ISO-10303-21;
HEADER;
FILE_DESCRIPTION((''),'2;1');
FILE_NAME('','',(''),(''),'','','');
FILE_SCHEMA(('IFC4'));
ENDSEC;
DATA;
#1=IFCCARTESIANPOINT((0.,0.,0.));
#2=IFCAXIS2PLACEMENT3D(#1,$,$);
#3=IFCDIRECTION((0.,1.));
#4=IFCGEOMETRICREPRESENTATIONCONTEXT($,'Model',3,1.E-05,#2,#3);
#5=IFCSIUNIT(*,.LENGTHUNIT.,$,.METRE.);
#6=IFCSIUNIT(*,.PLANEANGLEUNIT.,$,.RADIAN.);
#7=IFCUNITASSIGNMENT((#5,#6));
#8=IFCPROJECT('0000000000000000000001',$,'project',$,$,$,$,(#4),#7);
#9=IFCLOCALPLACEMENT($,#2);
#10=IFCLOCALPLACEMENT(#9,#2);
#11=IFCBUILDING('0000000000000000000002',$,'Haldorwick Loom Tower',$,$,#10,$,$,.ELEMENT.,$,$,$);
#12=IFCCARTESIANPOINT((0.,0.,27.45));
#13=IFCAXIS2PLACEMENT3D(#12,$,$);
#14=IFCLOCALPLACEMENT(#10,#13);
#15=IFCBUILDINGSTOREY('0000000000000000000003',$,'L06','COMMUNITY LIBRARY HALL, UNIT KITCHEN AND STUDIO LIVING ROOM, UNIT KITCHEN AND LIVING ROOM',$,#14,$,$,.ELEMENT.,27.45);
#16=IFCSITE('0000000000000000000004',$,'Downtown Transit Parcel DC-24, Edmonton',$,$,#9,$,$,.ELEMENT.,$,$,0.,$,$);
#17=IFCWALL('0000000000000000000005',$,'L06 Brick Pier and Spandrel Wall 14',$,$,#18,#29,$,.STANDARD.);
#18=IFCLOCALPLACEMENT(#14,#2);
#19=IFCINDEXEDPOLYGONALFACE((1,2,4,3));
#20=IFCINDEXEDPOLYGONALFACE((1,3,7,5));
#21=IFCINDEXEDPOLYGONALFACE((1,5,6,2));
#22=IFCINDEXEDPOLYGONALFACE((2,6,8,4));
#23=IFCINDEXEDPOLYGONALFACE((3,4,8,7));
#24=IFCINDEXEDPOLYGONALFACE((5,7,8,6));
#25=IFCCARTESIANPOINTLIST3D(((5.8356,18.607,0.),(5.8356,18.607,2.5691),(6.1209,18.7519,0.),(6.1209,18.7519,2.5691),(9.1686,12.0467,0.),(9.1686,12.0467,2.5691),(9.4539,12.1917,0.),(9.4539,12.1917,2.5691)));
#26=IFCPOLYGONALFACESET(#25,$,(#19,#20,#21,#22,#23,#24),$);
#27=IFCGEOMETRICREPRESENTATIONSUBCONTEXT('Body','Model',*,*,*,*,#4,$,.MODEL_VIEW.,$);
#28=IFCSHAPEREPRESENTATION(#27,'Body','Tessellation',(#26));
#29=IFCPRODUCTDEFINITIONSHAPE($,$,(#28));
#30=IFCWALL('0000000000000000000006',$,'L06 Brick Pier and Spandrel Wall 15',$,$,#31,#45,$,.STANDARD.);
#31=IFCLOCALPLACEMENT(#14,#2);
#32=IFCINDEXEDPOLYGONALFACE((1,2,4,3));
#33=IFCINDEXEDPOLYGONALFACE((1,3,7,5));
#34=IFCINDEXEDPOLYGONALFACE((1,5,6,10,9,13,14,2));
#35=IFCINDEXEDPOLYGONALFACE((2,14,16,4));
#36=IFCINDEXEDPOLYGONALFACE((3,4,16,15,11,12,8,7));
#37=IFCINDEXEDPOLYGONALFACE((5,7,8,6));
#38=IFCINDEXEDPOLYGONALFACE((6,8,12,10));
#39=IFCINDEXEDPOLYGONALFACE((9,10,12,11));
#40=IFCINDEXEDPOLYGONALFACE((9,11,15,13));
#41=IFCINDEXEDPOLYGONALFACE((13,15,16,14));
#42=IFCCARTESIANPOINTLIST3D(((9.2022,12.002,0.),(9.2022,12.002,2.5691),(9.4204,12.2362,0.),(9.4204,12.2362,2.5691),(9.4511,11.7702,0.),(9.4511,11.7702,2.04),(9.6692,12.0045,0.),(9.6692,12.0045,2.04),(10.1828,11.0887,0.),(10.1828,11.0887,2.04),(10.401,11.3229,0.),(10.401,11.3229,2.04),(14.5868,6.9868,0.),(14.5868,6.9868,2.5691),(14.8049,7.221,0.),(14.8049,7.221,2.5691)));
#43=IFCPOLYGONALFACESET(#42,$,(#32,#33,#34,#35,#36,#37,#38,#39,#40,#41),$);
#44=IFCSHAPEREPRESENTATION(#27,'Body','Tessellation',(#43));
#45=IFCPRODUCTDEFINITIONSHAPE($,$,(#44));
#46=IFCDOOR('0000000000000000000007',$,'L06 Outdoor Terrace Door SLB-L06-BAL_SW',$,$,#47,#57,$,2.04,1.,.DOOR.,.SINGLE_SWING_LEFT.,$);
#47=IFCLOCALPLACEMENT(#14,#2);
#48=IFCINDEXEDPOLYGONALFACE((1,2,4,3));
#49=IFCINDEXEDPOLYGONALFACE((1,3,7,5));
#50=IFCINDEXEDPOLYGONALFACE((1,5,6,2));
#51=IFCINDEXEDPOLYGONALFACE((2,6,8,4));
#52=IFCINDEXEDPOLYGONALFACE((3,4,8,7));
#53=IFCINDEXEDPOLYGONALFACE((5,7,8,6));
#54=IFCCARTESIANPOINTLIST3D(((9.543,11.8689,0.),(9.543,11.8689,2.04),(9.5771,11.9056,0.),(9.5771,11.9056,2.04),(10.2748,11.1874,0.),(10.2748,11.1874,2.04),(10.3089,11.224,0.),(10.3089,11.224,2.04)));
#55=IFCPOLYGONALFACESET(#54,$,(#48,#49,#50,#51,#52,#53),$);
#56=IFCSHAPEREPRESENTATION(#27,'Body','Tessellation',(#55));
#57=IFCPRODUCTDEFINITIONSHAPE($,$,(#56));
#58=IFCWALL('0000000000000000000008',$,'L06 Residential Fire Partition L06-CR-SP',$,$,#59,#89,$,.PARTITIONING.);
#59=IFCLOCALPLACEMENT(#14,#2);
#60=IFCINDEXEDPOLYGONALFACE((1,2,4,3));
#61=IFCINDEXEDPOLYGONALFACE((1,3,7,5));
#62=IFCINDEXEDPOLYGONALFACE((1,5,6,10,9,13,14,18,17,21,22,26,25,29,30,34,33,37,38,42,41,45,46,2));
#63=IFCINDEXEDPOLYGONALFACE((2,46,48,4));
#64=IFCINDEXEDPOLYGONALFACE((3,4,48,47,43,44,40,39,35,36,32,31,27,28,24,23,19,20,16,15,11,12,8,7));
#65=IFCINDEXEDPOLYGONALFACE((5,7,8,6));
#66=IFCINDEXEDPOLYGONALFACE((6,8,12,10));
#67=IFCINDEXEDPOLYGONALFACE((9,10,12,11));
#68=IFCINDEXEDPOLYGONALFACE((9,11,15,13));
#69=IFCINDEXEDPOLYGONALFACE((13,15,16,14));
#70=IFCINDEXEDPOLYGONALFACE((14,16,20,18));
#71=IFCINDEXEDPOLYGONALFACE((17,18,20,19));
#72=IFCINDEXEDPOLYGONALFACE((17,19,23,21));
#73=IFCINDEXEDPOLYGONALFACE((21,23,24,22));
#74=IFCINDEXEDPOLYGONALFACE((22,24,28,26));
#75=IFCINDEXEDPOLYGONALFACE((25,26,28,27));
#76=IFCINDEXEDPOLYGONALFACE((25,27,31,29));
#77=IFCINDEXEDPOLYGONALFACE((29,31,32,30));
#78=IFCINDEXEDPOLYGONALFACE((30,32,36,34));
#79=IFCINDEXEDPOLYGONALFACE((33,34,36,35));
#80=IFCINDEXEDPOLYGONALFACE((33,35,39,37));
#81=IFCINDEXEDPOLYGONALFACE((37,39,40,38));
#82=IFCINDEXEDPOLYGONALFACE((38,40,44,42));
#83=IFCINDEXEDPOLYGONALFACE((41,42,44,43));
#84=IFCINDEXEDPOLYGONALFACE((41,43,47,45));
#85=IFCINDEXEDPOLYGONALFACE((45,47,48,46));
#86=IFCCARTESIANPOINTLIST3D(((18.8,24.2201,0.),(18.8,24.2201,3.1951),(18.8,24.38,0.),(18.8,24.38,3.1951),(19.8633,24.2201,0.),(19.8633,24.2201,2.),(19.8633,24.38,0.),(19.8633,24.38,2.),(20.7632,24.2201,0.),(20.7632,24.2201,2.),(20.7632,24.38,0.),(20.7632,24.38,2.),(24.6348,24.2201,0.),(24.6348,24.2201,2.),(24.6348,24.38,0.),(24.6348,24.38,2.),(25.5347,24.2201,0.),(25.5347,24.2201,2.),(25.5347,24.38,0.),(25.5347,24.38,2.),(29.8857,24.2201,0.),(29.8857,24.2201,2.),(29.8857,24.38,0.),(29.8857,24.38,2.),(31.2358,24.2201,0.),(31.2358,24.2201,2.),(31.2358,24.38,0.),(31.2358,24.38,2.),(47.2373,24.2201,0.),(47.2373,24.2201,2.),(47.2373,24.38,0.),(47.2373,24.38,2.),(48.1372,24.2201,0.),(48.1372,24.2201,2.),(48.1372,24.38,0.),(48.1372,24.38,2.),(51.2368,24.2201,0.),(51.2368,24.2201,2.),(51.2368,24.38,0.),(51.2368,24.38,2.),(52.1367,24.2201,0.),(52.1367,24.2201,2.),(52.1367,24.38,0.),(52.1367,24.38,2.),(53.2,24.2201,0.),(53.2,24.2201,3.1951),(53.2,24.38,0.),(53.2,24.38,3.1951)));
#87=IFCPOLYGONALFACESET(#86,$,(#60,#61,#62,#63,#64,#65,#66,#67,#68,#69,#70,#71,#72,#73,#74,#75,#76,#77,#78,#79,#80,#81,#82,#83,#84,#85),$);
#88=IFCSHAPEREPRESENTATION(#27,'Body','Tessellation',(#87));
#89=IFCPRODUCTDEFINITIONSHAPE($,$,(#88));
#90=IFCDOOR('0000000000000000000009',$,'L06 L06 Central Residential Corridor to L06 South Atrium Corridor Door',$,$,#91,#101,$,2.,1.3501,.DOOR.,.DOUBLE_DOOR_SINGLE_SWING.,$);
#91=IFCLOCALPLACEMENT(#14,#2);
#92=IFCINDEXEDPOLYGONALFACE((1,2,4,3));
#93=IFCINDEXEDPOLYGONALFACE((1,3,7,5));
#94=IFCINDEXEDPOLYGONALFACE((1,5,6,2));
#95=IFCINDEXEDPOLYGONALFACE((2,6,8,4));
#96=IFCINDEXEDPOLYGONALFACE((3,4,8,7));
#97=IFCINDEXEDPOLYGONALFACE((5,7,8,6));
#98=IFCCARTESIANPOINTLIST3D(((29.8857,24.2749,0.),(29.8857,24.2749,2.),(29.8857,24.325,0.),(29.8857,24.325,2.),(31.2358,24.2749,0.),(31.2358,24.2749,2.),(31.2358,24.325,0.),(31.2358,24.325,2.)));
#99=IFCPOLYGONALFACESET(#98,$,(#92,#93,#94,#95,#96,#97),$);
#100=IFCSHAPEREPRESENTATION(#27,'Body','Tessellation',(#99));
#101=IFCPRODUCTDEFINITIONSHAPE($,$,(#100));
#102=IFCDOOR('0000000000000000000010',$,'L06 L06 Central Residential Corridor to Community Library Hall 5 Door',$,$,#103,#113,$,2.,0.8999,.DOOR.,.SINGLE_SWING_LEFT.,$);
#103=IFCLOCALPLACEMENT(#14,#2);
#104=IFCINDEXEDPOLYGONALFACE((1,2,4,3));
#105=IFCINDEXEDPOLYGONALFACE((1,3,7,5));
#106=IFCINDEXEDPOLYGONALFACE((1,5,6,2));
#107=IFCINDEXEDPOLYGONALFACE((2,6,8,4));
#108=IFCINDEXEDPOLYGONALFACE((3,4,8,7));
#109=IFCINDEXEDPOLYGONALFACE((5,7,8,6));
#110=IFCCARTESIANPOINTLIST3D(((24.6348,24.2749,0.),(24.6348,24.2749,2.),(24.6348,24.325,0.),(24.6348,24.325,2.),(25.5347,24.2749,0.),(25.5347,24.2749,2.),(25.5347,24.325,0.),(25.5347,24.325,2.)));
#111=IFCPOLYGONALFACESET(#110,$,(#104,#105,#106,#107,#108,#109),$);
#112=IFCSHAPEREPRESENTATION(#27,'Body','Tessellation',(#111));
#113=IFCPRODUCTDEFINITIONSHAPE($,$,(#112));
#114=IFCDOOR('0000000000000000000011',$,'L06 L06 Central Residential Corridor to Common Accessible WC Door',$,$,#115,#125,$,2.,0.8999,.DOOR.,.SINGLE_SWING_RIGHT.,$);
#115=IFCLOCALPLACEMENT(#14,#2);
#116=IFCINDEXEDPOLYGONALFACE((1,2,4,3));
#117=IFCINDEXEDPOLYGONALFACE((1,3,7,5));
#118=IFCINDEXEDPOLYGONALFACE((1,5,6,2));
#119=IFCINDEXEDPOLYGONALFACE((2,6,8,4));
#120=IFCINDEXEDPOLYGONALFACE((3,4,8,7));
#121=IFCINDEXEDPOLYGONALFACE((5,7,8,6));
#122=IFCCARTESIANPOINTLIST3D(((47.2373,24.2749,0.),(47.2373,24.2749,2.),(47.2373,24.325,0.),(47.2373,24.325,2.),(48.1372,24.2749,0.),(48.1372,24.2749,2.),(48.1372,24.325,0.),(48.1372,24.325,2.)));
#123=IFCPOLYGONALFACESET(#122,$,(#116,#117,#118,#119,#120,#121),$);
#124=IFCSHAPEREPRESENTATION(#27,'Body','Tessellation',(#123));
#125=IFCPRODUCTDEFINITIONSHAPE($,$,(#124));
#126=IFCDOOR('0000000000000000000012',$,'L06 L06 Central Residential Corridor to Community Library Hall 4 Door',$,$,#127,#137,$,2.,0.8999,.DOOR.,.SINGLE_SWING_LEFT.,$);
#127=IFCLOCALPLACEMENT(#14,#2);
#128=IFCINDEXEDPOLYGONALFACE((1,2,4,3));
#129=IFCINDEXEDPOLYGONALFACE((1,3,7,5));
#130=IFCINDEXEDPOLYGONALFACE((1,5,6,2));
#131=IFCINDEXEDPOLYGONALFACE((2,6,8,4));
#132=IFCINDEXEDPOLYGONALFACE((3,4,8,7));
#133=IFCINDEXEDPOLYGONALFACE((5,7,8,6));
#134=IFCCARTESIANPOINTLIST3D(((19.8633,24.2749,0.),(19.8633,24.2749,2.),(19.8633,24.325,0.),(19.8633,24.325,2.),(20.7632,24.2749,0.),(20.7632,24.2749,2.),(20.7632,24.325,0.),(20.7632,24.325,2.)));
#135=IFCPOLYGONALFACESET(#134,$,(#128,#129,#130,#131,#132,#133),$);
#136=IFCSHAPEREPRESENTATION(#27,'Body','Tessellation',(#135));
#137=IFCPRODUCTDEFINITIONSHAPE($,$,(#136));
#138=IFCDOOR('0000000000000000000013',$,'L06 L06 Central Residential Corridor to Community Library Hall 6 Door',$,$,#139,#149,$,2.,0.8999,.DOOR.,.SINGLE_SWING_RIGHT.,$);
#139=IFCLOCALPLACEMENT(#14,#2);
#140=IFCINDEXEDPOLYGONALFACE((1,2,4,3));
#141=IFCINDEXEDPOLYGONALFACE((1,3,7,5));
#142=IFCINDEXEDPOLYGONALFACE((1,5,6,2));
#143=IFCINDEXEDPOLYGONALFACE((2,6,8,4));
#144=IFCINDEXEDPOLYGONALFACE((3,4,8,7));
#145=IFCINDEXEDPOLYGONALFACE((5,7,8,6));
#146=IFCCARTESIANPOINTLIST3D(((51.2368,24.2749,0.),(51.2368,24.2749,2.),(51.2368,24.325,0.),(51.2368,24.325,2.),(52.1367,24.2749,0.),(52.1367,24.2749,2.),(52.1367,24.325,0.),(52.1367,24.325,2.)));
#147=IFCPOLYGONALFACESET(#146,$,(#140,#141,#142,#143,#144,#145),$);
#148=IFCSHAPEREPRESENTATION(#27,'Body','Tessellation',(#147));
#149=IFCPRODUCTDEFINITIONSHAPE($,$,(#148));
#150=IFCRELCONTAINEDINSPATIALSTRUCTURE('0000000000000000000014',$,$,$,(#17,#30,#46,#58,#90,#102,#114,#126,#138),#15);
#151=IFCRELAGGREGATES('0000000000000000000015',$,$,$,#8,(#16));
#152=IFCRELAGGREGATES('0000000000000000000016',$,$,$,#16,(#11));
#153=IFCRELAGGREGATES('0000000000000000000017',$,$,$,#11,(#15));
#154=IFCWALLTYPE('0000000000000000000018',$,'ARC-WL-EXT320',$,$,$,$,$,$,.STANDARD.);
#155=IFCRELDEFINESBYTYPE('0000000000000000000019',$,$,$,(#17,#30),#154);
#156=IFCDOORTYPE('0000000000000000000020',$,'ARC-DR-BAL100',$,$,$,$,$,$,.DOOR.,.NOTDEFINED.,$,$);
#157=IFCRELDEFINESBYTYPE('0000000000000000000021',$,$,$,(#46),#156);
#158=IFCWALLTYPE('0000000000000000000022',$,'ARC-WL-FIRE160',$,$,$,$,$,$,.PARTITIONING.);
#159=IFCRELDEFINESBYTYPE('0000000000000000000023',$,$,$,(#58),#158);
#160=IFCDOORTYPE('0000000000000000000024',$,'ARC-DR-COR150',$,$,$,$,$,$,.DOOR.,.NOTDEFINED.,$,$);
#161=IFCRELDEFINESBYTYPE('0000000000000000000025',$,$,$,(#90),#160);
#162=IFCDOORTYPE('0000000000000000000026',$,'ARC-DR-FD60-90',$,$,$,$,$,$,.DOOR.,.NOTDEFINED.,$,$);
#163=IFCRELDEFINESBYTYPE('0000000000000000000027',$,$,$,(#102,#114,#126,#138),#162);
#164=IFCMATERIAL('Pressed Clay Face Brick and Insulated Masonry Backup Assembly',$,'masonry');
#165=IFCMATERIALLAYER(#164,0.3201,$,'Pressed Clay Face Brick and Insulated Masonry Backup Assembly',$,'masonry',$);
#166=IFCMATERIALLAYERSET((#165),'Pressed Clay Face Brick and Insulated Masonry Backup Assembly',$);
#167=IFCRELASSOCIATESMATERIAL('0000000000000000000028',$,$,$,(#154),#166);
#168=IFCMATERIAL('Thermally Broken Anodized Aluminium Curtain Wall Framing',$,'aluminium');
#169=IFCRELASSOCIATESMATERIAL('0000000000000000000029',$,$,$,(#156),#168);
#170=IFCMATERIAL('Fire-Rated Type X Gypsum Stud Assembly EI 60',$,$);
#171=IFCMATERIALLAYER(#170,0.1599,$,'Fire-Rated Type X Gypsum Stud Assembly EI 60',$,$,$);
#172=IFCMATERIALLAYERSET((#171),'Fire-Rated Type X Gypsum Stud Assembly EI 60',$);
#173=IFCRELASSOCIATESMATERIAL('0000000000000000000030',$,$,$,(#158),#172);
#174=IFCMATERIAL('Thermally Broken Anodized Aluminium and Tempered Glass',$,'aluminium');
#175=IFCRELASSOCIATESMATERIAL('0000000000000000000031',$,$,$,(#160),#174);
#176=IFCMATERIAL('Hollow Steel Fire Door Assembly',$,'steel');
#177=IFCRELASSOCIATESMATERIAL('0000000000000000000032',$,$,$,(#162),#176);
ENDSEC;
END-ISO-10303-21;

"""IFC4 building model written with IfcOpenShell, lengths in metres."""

from ifc_helpers import new_model, si_unit, direction, frame, frame_2d, origin, place, context, subcontext, project, spatial, rectangle, extrude, material, layer, layer_set, type_object, element, fill, save


model = new_model("IFC4")

# Units and contexts
model_context = context("Model", 3, precision=1e-05, world=origin(), true_north=direction((0.0, 1.0)))
body_context = subcontext(model_context, "Body", "Model", "MODEL_VIEW")
ifc_project = project(units=[si_unit("LENGTHUNIT", "METRE"), si_unit("PLANEANGLEUNIT", "RADIAN")], contexts=[model_context])

# Site, building, storey
site_placement = place(None, origin())
site = spatial("IfcSite", under=ifc_project, at=site_placement, Name="Downtown Transit Parcel DC-24, Edmonton", CompositionType="ELEMENT", RefElevation=0.0)
building_placement = place(site_placement, origin())
building = spatial("IfcBuilding", under=site, at=building_placement, Name="Haldorwick Loom Tower", CompositionType="ELEMENT")
storey_placement = place(building_placement, frame((0.0, 0.0, 27.45)))
storey = spatial("IfcBuildingStorey", under=building, at=storey_placement, Name="L06", Description="COMMUNITY LIBRARY HALL, UNIT KITCHEN AND STUDIO LIVING ROOM, UNIT KITCHEN AND LIVING ROOM", CompositionType="ELEMENT", Elevation=27.45)

# Wall
ifc_material_1 = material(Name="Pressed Clay Face Brick and Insulated Masonry Backup Assembly", Category="masonry")
ifc_layer_1 = layer(ifc_material_1, 0.3201, Name="Pressed Clay Face Brick and Insulated Masonry Backup Assembly", Category="masonry")
ifc_layer_set_1 = layer_set([ifc_layer_1], Name="Pressed Clay Face Brick and Insulated Masonry Backup Assembly")
wall_type_1 = type_object("IfcWallType", Name="ARC-WL-EXT320", PredefinedType="STANDARD", material=ifc_layer_set_1)
wall_1_placement = place(storey_placement, frame((5.9783, 18.6794, 0.0), z_axis=(0.0, 0.0, 1.0), x_axis=(0.452951, -0.891535, 0.0)))
element("IfcWall", 1, at=wall_1_placement, inside=storey, type_object=wall_type_1, Name="L06 Brick Pier and Spandrel Wall 14", PredefinedType="STANDARD", context=body_context, shape_type="SweptSolid", body=[
    extrude(rectangle(XDim=7.3584, YDim=0.3201, at=frame_2d((3.6792, 0.0))), origin(), (0.0, 0.0, 1.0), 2.5691),
])

# Wall, opening, door
wall_2_placement = place(storey_placement, frame((9.3113, 12.1191, 0.0), z_axis=(0.0, 0.0, 1.0), x_axis=(0.731761, -0.681561, 0.0)))
wall_2 = element("IfcWall", 2, at=wall_2_placement, inside=storey, type_object=wall_type_1, Name="L06 Brick Pier and Spandrel Wall 15", PredefinedType="STANDARD", context=body_context, shape_type="SweptSolid", body=[
    extrude(rectangle(XDim=7.3584, YDim=0.3201, at=frame_2d((3.6792, 0.0))), origin(), (0.0, 0.0, 1.0), 2.5691),
])
opening_1_placement = place(wall_2_placement, frame((0.3401, 0.0, 0.0)))
opening_1 = element("IfcOpeningElement", 3, at=opening_1_placement, cuts=wall_2, PredefinedType="OPENING", context=body_context, shape_type="SweptSolid", body=[
    extrude(rectangle(XDim=1.0, YDim=2.04, at=frame_2d((0.5, 1.02))), frame((0.0, 0.1699, 0.0), z_axis=(0.0, -1.0, 0.0), x_axis=(1.0, 0.0, 0.0)), (0.0, 0.0, 1.0), 0.3401),
])
ifc_material_2 = material(Name="Thermally Broken Anodized Aluminium Curtain Wall Framing", Category="aluminium")
door_type_1 = type_object("IfcDoorType", Name="ARC-DR-BAL100", OperationType="NOTDEFINED", PredefinedType="DOOR", material=ifc_material_2)
door_1_placement = place(opening_1_placement, origin())
door_1 = element("IfcDoor", 4, at=door_1_placement, inside=storey, type_object=door_type_1, Name="L06 Outdoor Terrace Door SLB-L06-BAL_SW", OperationType="SINGLE_SWING_LEFT", OverallHeight=2.04, OverallWidth=1.0, PredefinedType="DOOR", context=body_context, shape_type="SweptSolid", body=[
    extrude(rectangle(XDim=1.0, YDim=2.04, at=frame_2d((0.5, 1.02))), frame((0.0, 0.0249, 0.0), z_axis=(0.0, -1.0, 0.0), x_axis=(1.0, 0.0, 0.0)), (0.0, 0.0, 1.0), 0.05),
])
fill(opening_1, door_1)

# Wall, openings, doors
ifc_material_3 = material(Name="Fire-Rated Type X Gypsum Stud Assembly EI 60")
ifc_layer_2 = layer(ifc_material_3, 0.1599, Name="Fire-Rated Type X Gypsum Stud Assembly EI 60")
ifc_layer_set_2 = layer_set([ifc_layer_2], Name="Fire-Rated Type X Gypsum Stud Assembly EI 60")
wall_type_2 = type_object("IfcWallType", Name="ARC-WL-FIRE160", PredefinedType="PARTITIONING", material=ifc_layer_set_2)
wall_3_placement = place(storey_placement, frame((18.8, 24.3, 0.0), z_axis=(0.0, 0.0, 1.0), x_axis=(1.0, 0.0, 0.0)))
wall_3 = element("IfcWall", 5, at=wall_3_placement, inside=storey, type_object=wall_type_2, Name="L06 Residential Fire Partition L06-CR-SP", PredefinedType="PARTITIONING", context=body_context, shape_type="SweptSolid", body=[
    extrude(rectangle(XDim=34.3999, YDim=0.1599, at=frame_2d((17.2, 0.0))), origin(), (0.0, 0.0, 1.0), 3.1951),
])
opening_2_placement = place(wall_3_placement, frame((11.0857, 0.0, 0.0)))
opening_2 = element("IfcOpeningElement", 6, at=opening_2_placement, cuts=wall_3, PredefinedType="OPENING", context=body_context, shape_type="SweptSolid", body=[
    extrude(rectangle(XDim=1.3501, YDim=2.0, at=frame_2d((0.675, 1.0))), frame((0.0, 0.0898, 0.0), z_axis=(0.0, -1.0, 0.0), x_axis=(1.0, 0.0, 0.0)), (0.0, 0.0, 1.0), 0.1799),
])
opening_3_placement = place(wall_3_placement, frame((5.8347, 0.0, 0.0)))
opening_3 = element("IfcOpeningElement", 7, at=opening_3_placement, cuts=wall_3, PredefinedType="OPENING", context=body_context, shape_type="SweptSolid", body=[
    extrude(rectangle(XDim=0.8999, YDim=2.0, at=frame_2d((0.45, 1.0))), frame((0.0, 0.0898, 0.0), z_axis=(0.0, -1.0, 0.0), x_axis=(1.0, 0.0, 0.0)), (0.0, 0.0, 1.0), 0.1799),
])
opening_4_placement = place(wall_3_placement, frame((28.4373, 0.0, 0.0)))
opening_4 = element("IfcOpeningElement", 8, at=opening_4_placement, cuts=wall_3, PredefinedType="OPENING", context=body_context, shape_type="SweptSolid", body=[
    extrude(rectangle(XDim=0.8999, YDim=2.0, at=frame_2d((0.45, 1.0))), frame((0.0, 0.0898, 0.0), z_axis=(0.0, -1.0, 0.0), x_axis=(1.0, 0.0, 0.0)), (0.0, 0.0, 1.0), 0.1799),
])
opening_5_placement = place(wall_3_placement, frame((1.0632, 0.0, 0.0)))
opening_5 = element("IfcOpeningElement", 9, at=opening_5_placement, cuts=wall_3, PredefinedType="OPENING", context=body_context, shape_type="SweptSolid", body=[
    extrude(rectangle(XDim=0.8999, YDim=2.0, at=frame_2d((0.45, 1.0))), frame((0.0, 0.0898, 0.0), z_axis=(0.0, -1.0, 0.0), x_axis=(1.0, 0.0, 0.0)), (0.0, 0.0, 1.0), 0.1799),
])
opening_6_placement = place(wall_3_placement, frame((32.4368, 0.0, 0.0)))
opening_6 = element("IfcOpeningElement", 10, at=opening_6_placement, cuts=wall_3, PredefinedType="OPENING", context=body_context, shape_type="SweptSolid", body=[
    extrude(rectangle(XDim=0.8999, YDim=2.0, at=frame_2d((0.45, 1.0))), frame((0.0, 0.0898, 0.0), z_axis=(0.0, -1.0, 0.0), x_axis=(1.0, 0.0, 0.0)), (0.0, 0.0, 1.0), 0.1799),
])
ifc_material_4 = material(Name="Thermally Broken Anodized Aluminium and Tempered Glass", Category="aluminium")
door_type_2 = type_object("IfcDoorType", Name="ARC-DR-COR150", OperationType="NOTDEFINED", PredefinedType="DOOR", material=ifc_material_4)
door_2_placement = place(opening_2_placement, origin())
door_2 = element("IfcDoor", 11, at=door_2_placement, inside=storey, type_object=door_type_2, Name="L06 L06 Central Residential Corridor to L06 South Atrium Corridor Door", OperationType="DOUBLE_DOOR_SINGLE_SWING", OverallHeight=2.0, OverallWidth=1.3501, PredefinedType="DOOR", context=body_context, shape_type="SweptSolid", body=[
    extrude(rectangle(XDim=1.3501, YDim=2.0, at=frame_2d((0.675, 1.0))), frame((0.0, 0.0249, 0.0), z_axis=(0.0, -1.0, 0.0), x_axis=(1.0, 0.0, 0.0)), (0.0, 0.0, 1.0), 0.05),
])
fill(opening_2, door_2)
ifc_material_5 = material(Name="Hollow Steel Fire Door Assembly", Category="steel")
door_type_3 = type_object("IfcDoorType", Name="ARC-DR-FD60-90", OperationType="NOTDEFINED", PredefinedType="DOOR", material=ifc_material_5)
door_3_placement = place(opening_3_placement, origin())
door_3 = element("IfcDoor", 12, at=door_3_placement, inside=storey, type_object=door_type_3, Name="L06 L06 Central Residential Corridor to Community Library Hall 5 Door", OperationType="SINGLE_SWING_LEFT", OverallHeight=2.0, OverallWidth=0.8999, PredefinedType="DOOR", context=body_context, shape_type="SweptSolid", body=[
    extrude(rectangle(XDim=0.8999, YDim=2.0, at=frame_2d((0.45, 1.0))), frame((0.0, 0.0249, 0.0), z_axis=(0.0, -1.0, 0.0), x_axis=(1.0, 0.0, 0.0)), (0.0, 0.0, 1.0), 0.05),
])
fill(opening_3, door_3)
door_4_placement = place(opening_4_placement, origin())
door_4 = element("IfcDoor", 13, at=door_4_placement, inside=storey, type_object=door_type_3, Name="L06 L06 Central Residential Corridor to Common Accessible WC Door", OperationType="SINGLE_SWING_RIGHT", OverallHeight=2.0, OverallWidth=0.8999, PredefinedType="DOOR", context=body_context, shape_type="SweptSolid", body=[
    extrude(rectangle(XDim=0.8999, YDim=2.0, at=frame_2d((0.45, 1.0))), frame((0.0, 0.0249, 0.0), z_axis=(0.0, -1.0, 0.0), x_axis=(1.0, 0.0, 0.0)), (0.0, 0.0, 1.0), 0.05),
])
fill(opening_4, door_4)
door_5_placement = place(opening_5_placement, origin())
door_5 = element("IfcDoor", 14, at=door_5_placement, inside=storey, type_object=door_type_3, Name="L06 L06 Central Residential Corridor to Community Library Hall 4 Door", OperationType="SINGLE_SWING_LEFT", OverallHeight=2.0, OverallWidth=0.8999, PredefinedType="DOOR", context=body_context, shape_type="SweptSolid", body=[
    extrude(rectangle(XDim=0.8999, YDim=2.0, at=frame_2d((0.45, 1.0))), frame((0.0, 0.0249, 0.0), z_axis=(0.0, -1.0, 0.0), x_axis=(1.0, 0.0, 0.0)), (0.0, 0.0, 1.0), 0.05),
])
fill(opening_5, door_5)
door_6_placement = place(opening_6_placement, origin())
door_6 = element("IfcDoor", 15, at=door_6_placement, inside=storey, type_object=door_type_3, Name="L06 L06 Central Residential Corridor to Community Library Hall 6 Door", OperationType="SINGLE_SWING_RIGHT", OverallHeight=2.0, OverallWidth=0.8999, PredefinedType="DOOR", context=body_context, shape_type="SweptSolid", body=[
    extrude(rectangle(XDim=0.8999, YDim=2.0, at=frame_2d((0.45, 1.0))), frame((0.0, 0.0249, 0.0), z_axis=(0.0, -1.0, 0.0), x_axis=(1.0, 0.0, 0.0)), (0.0, 0.0, 1.0), 0.05),
])
fill(opening_6, door_6)

save(model, "model.ifc")
